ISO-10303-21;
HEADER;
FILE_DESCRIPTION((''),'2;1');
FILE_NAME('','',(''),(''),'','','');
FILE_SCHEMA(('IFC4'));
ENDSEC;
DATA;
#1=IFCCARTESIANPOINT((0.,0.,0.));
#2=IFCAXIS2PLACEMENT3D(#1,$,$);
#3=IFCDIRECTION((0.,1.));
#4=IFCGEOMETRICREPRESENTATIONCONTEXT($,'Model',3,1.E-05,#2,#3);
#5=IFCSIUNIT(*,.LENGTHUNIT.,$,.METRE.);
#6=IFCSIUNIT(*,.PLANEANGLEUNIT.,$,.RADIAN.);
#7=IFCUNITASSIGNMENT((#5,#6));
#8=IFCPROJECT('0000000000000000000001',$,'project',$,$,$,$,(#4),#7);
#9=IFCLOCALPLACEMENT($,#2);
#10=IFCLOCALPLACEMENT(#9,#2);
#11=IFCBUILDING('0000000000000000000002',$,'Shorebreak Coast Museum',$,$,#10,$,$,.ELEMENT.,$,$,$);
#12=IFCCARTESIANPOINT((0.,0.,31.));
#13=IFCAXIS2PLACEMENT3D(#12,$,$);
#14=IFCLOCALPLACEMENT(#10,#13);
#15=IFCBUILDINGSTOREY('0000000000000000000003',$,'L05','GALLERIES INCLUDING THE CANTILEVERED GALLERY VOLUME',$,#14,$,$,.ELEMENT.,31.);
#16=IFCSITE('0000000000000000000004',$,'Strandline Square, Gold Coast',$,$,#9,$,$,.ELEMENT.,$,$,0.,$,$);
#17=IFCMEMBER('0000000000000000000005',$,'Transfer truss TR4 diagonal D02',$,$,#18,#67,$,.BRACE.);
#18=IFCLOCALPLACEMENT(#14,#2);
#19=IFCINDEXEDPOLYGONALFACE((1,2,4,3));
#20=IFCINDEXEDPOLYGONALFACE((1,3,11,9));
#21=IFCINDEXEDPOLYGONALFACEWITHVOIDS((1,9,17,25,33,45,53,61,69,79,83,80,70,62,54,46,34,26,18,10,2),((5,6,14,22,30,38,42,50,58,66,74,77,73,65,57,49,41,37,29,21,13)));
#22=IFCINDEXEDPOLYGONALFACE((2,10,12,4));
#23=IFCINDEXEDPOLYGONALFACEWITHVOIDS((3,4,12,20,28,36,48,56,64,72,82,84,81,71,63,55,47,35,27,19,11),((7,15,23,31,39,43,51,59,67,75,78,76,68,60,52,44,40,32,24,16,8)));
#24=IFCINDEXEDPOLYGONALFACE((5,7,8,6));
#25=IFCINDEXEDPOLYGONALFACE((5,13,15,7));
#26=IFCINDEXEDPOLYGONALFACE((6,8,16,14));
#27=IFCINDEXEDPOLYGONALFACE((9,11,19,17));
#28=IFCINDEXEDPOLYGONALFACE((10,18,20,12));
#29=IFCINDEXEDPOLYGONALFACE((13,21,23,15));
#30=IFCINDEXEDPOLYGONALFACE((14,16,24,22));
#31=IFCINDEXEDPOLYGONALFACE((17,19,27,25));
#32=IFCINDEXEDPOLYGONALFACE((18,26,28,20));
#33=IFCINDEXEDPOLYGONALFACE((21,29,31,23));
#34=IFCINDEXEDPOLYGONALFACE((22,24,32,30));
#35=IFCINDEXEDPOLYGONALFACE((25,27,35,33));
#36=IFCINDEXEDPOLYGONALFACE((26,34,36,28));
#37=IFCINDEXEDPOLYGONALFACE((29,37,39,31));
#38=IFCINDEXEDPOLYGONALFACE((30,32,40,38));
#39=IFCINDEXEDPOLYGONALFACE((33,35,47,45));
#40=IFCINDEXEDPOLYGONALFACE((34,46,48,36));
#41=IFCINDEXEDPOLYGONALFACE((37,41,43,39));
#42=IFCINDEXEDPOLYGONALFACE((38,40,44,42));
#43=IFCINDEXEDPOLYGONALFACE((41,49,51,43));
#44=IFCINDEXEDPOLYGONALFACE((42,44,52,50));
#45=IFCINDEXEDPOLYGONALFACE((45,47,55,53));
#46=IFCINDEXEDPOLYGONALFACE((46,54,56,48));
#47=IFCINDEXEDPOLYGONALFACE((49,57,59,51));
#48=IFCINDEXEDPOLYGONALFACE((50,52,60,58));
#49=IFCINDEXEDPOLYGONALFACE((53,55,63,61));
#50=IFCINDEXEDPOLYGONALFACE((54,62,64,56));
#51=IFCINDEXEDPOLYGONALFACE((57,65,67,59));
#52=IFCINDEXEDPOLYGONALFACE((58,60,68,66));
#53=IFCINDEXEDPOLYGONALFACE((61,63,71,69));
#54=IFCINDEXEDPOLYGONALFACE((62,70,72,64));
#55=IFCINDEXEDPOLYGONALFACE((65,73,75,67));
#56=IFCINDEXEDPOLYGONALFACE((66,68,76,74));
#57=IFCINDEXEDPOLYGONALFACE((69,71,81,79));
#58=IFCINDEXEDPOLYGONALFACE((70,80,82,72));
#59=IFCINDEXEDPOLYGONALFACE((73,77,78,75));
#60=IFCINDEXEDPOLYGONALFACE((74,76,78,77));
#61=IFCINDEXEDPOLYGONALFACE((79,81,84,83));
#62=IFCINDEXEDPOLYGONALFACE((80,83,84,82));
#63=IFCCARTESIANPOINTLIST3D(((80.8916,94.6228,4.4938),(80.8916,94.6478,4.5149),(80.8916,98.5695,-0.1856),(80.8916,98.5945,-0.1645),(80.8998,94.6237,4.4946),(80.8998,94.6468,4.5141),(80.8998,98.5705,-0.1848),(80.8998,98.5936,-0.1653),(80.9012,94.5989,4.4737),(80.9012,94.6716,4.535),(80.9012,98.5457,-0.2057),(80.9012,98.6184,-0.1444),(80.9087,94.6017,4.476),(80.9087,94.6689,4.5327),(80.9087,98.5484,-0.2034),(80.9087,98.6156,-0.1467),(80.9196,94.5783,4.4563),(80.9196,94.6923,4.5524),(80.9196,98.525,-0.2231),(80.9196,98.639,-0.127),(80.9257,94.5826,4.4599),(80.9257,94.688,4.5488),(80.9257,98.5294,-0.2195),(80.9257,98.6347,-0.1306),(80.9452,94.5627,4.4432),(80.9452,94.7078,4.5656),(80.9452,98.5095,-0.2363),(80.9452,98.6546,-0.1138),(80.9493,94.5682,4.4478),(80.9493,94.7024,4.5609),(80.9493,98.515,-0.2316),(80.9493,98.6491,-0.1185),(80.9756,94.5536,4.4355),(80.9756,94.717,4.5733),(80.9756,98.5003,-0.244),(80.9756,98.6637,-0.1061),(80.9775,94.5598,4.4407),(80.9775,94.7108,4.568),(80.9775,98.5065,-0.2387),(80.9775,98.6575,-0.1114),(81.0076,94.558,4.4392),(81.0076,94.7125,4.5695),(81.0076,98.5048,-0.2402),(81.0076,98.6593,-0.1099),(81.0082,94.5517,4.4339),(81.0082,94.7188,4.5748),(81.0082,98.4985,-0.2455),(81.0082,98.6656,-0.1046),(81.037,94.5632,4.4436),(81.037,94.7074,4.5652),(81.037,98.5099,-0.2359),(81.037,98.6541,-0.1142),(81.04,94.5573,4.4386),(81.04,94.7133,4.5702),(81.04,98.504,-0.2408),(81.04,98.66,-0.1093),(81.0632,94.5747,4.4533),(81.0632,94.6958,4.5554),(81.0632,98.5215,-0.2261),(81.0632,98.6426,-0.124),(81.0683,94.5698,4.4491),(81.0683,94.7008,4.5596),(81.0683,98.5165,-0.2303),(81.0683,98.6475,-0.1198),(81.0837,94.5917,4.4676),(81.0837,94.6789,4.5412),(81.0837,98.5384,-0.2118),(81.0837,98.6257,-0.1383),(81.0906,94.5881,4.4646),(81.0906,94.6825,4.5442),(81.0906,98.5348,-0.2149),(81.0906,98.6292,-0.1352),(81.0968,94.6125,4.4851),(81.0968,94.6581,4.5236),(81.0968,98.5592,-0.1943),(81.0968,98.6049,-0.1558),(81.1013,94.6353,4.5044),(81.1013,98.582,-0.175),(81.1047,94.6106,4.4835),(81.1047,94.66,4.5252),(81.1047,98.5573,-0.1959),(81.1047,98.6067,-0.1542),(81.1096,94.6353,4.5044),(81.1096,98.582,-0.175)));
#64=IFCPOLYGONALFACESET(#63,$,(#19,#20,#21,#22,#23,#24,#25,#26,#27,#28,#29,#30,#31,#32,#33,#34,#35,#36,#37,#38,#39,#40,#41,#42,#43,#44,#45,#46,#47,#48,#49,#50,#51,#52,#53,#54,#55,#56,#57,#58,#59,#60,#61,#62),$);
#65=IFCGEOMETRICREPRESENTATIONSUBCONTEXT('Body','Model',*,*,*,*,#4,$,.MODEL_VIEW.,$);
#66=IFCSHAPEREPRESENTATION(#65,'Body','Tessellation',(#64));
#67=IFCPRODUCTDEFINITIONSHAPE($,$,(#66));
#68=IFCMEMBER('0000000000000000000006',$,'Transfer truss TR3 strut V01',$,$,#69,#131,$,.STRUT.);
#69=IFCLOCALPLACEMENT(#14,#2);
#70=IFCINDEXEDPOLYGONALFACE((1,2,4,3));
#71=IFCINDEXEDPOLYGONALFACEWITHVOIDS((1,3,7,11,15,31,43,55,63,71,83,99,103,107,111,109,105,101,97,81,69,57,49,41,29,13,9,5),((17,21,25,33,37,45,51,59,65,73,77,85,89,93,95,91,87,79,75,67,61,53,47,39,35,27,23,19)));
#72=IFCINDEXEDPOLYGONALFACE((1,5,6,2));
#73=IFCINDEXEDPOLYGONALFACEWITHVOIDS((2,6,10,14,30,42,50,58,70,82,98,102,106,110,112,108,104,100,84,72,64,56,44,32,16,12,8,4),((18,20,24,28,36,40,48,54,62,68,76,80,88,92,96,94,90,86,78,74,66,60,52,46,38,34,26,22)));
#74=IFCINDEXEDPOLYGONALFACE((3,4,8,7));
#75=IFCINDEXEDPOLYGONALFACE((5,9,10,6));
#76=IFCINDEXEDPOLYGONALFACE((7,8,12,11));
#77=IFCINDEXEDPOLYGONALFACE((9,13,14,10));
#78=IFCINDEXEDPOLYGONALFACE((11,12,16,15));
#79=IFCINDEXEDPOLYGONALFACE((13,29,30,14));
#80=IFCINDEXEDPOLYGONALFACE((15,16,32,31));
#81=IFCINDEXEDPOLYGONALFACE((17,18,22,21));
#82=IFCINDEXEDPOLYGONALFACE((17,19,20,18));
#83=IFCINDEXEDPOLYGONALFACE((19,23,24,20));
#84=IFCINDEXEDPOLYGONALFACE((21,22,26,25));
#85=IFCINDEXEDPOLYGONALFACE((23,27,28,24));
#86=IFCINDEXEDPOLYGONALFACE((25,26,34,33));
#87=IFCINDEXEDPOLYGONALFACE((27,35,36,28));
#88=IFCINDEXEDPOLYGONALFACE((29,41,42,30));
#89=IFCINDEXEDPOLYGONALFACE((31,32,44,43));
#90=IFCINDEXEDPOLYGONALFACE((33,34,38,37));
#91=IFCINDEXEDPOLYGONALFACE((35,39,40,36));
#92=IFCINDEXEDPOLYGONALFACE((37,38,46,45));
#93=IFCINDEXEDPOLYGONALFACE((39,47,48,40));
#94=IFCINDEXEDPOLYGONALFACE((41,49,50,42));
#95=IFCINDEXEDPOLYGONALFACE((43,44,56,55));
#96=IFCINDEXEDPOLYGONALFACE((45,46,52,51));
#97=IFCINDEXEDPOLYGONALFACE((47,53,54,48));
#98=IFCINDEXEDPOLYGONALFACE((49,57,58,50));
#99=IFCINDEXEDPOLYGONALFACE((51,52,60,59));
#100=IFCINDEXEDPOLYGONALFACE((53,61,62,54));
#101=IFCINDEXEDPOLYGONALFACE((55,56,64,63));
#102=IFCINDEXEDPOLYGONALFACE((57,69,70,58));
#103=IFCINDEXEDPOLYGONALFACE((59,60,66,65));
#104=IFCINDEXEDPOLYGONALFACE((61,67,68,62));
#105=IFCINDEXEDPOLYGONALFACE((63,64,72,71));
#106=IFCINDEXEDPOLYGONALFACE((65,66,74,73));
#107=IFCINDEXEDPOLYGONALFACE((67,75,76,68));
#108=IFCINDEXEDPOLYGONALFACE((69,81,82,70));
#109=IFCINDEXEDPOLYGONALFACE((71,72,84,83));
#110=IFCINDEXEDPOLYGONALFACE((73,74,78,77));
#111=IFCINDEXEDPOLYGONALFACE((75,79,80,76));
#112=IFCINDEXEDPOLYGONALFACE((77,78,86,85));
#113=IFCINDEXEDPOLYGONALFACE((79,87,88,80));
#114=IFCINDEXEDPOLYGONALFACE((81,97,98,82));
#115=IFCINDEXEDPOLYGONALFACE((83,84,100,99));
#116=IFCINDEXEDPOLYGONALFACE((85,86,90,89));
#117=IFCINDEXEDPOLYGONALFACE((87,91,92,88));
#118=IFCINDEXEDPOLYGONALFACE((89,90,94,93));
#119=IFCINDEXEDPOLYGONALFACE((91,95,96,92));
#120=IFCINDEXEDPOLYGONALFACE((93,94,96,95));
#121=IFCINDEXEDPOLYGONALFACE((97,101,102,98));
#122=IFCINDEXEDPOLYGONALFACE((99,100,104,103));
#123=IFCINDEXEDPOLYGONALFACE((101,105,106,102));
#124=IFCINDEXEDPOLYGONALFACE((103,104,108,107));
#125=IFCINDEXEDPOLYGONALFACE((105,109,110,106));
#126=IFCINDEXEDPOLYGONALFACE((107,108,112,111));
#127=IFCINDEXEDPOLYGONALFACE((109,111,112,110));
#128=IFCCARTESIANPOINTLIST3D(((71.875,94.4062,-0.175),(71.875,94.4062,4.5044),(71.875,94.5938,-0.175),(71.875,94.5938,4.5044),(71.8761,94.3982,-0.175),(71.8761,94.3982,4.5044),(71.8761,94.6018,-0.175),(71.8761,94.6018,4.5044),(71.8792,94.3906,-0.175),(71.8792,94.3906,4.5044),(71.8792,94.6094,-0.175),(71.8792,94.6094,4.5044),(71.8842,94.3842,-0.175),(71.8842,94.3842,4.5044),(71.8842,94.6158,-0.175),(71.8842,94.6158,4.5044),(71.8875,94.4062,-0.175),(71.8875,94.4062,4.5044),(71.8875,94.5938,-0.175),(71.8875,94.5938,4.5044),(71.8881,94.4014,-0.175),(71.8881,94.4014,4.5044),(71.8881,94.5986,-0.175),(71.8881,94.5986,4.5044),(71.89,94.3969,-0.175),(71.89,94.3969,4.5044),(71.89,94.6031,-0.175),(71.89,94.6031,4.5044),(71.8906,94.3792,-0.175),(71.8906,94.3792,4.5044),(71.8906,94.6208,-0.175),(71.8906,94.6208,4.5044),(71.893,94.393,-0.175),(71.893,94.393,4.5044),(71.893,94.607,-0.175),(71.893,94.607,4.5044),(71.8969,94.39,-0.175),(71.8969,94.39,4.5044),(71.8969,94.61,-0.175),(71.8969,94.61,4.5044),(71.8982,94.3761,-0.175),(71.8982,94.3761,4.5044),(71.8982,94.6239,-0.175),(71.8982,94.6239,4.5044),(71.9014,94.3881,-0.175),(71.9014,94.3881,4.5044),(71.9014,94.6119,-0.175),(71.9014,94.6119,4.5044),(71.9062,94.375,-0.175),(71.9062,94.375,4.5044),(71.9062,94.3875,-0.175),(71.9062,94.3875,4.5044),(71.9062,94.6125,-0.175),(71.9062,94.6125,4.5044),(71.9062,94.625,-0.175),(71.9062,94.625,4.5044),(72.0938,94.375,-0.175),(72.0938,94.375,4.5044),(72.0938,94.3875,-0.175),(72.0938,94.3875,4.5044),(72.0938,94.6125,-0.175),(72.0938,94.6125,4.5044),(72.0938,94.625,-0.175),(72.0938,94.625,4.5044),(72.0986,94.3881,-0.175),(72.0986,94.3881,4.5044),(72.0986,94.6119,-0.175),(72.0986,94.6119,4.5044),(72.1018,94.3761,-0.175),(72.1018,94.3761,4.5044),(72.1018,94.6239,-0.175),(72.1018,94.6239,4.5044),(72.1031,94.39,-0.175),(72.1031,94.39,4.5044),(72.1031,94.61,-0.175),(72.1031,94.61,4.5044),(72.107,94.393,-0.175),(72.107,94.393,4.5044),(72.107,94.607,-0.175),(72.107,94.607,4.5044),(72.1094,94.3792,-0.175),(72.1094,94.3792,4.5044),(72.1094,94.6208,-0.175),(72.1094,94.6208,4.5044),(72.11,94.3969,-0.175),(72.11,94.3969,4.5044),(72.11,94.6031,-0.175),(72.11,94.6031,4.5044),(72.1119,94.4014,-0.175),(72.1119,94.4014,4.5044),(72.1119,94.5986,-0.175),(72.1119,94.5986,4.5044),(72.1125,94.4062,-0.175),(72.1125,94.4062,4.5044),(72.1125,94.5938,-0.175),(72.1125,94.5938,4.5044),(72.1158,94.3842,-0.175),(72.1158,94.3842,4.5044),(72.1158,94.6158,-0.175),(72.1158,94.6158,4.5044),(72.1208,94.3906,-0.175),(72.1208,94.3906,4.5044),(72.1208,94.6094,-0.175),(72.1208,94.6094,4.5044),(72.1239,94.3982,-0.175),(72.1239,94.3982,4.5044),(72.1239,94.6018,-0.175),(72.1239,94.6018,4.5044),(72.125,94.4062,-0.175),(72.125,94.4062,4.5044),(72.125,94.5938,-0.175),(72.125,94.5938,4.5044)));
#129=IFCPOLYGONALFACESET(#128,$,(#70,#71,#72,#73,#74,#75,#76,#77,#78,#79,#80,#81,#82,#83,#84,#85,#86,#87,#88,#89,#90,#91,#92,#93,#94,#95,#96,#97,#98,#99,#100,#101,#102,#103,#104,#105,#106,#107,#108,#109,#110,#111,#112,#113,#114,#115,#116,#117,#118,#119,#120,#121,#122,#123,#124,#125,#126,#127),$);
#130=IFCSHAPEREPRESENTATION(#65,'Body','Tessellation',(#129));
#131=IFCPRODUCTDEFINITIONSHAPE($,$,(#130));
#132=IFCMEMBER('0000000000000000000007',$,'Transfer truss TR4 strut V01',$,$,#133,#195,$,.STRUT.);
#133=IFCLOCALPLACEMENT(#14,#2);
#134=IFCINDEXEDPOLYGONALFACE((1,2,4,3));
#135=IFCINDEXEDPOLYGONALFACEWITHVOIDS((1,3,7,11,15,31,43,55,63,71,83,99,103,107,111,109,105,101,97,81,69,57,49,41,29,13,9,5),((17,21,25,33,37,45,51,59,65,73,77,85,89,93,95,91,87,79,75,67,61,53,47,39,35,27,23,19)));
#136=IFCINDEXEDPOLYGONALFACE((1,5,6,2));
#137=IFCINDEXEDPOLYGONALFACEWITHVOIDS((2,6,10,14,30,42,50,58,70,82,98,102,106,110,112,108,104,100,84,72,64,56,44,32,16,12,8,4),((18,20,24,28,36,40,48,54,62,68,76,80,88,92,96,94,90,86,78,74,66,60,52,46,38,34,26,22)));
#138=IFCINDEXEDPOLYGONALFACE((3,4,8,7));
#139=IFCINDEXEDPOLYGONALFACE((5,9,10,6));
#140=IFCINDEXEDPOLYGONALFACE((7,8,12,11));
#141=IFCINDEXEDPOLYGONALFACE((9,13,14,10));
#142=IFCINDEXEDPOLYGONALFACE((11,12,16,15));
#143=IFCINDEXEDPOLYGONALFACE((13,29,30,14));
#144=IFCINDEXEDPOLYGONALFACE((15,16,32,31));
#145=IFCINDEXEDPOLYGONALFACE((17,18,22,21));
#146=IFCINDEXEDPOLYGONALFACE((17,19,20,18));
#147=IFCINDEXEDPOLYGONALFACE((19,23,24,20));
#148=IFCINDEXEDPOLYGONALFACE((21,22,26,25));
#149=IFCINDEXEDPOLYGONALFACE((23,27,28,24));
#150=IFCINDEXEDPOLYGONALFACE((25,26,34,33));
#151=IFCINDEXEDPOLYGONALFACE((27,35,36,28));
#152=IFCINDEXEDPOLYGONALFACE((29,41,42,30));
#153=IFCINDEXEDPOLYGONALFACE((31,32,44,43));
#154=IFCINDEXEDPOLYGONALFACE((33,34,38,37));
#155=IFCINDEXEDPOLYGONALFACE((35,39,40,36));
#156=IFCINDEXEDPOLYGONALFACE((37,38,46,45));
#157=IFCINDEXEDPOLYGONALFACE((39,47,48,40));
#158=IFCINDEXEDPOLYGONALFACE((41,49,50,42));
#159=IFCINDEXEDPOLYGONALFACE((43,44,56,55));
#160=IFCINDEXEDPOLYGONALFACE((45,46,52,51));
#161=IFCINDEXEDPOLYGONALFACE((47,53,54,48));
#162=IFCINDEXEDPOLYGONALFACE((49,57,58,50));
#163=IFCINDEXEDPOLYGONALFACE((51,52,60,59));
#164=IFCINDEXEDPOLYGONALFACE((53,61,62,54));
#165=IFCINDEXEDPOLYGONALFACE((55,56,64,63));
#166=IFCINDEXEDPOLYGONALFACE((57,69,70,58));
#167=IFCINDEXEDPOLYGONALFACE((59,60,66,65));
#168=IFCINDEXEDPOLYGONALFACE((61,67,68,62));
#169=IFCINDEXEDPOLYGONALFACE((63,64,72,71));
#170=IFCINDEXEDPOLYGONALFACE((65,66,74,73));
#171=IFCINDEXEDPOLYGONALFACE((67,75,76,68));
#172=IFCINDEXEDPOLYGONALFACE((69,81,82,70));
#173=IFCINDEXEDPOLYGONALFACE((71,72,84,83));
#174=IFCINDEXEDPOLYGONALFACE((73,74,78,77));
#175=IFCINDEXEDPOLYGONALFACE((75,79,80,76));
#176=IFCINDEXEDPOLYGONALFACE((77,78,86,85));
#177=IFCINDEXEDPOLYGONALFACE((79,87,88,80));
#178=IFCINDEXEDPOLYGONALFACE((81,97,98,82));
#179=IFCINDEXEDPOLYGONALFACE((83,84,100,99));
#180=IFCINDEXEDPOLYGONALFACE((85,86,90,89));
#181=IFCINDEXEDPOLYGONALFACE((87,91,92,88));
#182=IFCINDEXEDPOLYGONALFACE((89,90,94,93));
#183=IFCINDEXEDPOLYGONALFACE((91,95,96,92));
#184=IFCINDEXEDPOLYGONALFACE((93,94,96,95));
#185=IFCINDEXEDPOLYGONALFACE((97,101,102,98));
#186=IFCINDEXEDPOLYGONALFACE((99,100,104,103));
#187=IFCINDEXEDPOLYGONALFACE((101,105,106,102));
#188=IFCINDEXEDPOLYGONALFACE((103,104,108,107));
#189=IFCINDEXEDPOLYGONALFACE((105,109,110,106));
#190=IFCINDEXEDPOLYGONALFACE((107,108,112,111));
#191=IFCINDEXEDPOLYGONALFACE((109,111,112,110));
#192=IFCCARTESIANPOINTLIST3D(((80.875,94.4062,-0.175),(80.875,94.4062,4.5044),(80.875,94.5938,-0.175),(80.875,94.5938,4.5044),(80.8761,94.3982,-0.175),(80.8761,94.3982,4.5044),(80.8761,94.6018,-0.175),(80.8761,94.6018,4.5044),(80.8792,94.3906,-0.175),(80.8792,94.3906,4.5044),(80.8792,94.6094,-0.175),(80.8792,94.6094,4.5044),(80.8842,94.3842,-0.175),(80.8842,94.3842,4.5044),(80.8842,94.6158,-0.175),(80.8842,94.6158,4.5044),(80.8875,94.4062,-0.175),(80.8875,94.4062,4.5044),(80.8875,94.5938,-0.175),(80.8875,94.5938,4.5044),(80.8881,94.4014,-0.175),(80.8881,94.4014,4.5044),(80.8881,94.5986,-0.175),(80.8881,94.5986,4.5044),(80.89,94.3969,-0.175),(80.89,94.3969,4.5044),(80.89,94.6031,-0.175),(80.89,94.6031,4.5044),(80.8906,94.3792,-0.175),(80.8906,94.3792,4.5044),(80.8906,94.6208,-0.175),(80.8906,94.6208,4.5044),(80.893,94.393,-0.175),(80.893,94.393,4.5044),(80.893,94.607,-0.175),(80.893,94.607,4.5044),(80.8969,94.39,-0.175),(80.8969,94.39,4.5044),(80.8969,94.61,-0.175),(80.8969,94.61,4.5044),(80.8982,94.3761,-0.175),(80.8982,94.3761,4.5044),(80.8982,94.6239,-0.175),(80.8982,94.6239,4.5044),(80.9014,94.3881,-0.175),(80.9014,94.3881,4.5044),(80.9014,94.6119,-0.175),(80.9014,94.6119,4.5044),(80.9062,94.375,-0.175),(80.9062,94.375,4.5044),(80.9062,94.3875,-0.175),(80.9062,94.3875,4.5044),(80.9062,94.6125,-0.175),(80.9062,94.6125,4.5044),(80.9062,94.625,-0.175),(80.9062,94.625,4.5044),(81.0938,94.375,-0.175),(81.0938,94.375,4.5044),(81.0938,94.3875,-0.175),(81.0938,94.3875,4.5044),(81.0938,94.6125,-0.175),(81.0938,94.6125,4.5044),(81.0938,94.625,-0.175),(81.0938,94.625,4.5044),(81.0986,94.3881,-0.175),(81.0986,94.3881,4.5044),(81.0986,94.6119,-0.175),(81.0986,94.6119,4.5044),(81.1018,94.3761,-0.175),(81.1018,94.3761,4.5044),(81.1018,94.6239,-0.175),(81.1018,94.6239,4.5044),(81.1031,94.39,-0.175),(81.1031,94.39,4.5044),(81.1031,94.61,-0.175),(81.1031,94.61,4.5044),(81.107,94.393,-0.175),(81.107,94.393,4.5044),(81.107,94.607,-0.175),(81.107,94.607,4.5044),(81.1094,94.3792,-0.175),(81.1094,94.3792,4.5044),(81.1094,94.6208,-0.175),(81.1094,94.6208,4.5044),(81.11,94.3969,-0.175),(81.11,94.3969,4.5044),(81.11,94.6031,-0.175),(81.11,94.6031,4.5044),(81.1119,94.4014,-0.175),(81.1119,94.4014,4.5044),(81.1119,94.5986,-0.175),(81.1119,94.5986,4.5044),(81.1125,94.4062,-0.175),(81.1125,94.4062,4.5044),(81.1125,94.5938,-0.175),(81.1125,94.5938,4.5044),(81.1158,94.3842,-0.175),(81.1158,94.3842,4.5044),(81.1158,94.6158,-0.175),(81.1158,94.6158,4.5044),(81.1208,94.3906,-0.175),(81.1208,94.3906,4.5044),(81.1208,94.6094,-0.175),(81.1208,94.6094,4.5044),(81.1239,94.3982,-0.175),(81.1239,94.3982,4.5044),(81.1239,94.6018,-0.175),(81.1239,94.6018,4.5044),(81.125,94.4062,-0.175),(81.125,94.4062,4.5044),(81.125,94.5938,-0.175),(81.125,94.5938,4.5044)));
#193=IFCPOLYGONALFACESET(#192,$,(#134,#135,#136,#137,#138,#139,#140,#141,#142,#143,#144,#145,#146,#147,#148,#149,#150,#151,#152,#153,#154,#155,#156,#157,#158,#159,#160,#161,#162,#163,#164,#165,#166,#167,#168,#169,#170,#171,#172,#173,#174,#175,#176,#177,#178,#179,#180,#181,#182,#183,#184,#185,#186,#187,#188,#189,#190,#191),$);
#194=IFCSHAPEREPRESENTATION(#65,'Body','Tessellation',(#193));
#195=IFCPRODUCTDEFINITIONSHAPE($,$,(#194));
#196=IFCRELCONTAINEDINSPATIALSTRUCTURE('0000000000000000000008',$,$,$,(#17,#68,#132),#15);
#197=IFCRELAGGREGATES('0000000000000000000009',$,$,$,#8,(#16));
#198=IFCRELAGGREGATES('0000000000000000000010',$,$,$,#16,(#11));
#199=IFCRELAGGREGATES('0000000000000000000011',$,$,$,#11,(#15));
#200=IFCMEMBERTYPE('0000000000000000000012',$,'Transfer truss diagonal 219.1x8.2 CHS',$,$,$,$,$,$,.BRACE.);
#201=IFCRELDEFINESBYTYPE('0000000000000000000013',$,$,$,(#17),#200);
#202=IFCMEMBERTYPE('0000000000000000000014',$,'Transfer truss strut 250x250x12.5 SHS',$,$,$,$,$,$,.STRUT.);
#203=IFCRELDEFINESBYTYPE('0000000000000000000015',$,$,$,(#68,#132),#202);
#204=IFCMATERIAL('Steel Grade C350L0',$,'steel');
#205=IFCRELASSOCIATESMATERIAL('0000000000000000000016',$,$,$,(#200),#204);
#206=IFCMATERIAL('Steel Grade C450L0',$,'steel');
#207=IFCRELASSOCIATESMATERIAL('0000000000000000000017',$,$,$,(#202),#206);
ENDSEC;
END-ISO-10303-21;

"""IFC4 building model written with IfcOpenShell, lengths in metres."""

from ifc_helpers import new_model, si_unit, direction, frame, origin, origin_2d, place, context, subcontext, project, spatial, hollow_rectangle, hollow_circle, extrude, material, material_profile, profile_set, type_object, element, save


model = new_model("IFC4")

# Units and contexts
model_context = context("Model", 3, precision=1e-05, world=origin(), true_north=direction((0.0, 1.0)))
body_context = subcontext(model_context, "Body", "Model", "MODEL_VIEW")
ifc_project = project(units=[si_unit("LENGTHUNIT", "METRE"), si_unit("PLANEANGLEUNIT", "RADIAN")], contexts=[model_context])

# Site, building, storey
site_placement = place(None, origin())
site = spatial("IfcSite", under=ifc_project, at=site_placement, Name="Strandline Square, Gold Coast", CompositionType="ELEMENT", RefElevation=0.0)
building_placement = place(site_placement, origin())
building = spatial("IfcBuilding", under=site, at=building_placement, Name="Shorebreak Coast Museum", CompositionType="ELEMENT")
storey_placement = place(building_placement, frame((0.0, 0.0, 31.0)))
storey = spatial("IfcBuildingStorey", under=building, at=storey_placement, Name="L05", Description="GALLERIES INCLUDING THE CANTILEVERED GALLERY VOLUME", CompositionType="ELEMENT", Elevation=31.0)

# Members
ifc_material_1 = material(Name="Steel Grade C350L0", Category="steel")
ifc_material_profile_1 = material_profile(ifc_material_1, hollow_circle(Radius=0.1096, WallThickness=0.0083, at=origin_2d()), Name="219.1x8.2 CHS")
ifc_profile_set_1 = profile_set([ifc_material_profile_1], Name="Steel Grade C350L0")
member_type_1 = type_object("IfcMemberType", Name="Transfer truss diagonal 219.1x8.2 CHS", PredefinedType="BRACE", material=ifc_profile_set_1)
member_1_placement = place(storey_placement, frame((81.0, 98.582, -0.175), z_axis=(0.0, -0.644728, 0.764412), x_axis=(1.0, 0.0, 0.0)))
element("IfcMember", 1, at=member_1_placement, inside=storey, type_object=member_type_1, Name="Transfer truss TR4 diagonal D02", PredefinedType="BRACE", context=body_context, shape_type="SweptSolid", body=[
    extrude(hollow_circle(Radius=0.1096, WallThickness=0.0083, at=origin_2d()), origin(), (0.0, 0.0, 1.0), 6.1216),
])
ifc_material_2 = material(Name="Steel Grade C450L0", Category="steel")
ifc_material_profile_2 = material_profile(ifc_material_2, hollow_rectangle(XDim=0.25, YDim=0.25, WallThickness=0.0125, InnerFilletRadius=0.0188, OuterFilletRadius=0.0312, at=origin_2d()), Name="250x250x12.5 SHS")
ifc_profile_set_2 = profile_set([ifc_material_profile_2], Name="Steel Grade C450L0")
member_type_2 = type_object("IfcMemberType", Name="Transfer truss strut 250x250x12.5 SHS", PredefinedType="STRUT", material=ifc_profile_set_2)
for number, where, z_axis, x_axis, name in (
    (2, (72.0, 94.5, -0.175), (0.0, 0.0, 1.0), (1.0, 0.0, 0.0), "Transfer truss TR3 strut V01"),
    (3, (81.0, 94.5, -0.175), (0.0, 0.0, 1.0), (1.0, 0.0, 0.0), "Transfer truss TR4 strut V01"),
):
    element("IfcMember", number, at=place(storey_placement, frame(where, z_axis=z_axis, x_axis=x_axis)), inside=storey, type_object=member_type_2, Name=name, PredefinedType="STRUT", context=body_context, shape_type="SweptSolid", body=[
        extrude(hollow_rectangle(XDim=0.25, YDim=0.25, WallThickness=0.0125, InnerFilletRadius=0.0188, OuterFilletRadius=0.0312, at=origin_2d()), origin(), (0.0, 0.0, 1.0), 4.6794),
    ])

save(model, "model.ifc")
